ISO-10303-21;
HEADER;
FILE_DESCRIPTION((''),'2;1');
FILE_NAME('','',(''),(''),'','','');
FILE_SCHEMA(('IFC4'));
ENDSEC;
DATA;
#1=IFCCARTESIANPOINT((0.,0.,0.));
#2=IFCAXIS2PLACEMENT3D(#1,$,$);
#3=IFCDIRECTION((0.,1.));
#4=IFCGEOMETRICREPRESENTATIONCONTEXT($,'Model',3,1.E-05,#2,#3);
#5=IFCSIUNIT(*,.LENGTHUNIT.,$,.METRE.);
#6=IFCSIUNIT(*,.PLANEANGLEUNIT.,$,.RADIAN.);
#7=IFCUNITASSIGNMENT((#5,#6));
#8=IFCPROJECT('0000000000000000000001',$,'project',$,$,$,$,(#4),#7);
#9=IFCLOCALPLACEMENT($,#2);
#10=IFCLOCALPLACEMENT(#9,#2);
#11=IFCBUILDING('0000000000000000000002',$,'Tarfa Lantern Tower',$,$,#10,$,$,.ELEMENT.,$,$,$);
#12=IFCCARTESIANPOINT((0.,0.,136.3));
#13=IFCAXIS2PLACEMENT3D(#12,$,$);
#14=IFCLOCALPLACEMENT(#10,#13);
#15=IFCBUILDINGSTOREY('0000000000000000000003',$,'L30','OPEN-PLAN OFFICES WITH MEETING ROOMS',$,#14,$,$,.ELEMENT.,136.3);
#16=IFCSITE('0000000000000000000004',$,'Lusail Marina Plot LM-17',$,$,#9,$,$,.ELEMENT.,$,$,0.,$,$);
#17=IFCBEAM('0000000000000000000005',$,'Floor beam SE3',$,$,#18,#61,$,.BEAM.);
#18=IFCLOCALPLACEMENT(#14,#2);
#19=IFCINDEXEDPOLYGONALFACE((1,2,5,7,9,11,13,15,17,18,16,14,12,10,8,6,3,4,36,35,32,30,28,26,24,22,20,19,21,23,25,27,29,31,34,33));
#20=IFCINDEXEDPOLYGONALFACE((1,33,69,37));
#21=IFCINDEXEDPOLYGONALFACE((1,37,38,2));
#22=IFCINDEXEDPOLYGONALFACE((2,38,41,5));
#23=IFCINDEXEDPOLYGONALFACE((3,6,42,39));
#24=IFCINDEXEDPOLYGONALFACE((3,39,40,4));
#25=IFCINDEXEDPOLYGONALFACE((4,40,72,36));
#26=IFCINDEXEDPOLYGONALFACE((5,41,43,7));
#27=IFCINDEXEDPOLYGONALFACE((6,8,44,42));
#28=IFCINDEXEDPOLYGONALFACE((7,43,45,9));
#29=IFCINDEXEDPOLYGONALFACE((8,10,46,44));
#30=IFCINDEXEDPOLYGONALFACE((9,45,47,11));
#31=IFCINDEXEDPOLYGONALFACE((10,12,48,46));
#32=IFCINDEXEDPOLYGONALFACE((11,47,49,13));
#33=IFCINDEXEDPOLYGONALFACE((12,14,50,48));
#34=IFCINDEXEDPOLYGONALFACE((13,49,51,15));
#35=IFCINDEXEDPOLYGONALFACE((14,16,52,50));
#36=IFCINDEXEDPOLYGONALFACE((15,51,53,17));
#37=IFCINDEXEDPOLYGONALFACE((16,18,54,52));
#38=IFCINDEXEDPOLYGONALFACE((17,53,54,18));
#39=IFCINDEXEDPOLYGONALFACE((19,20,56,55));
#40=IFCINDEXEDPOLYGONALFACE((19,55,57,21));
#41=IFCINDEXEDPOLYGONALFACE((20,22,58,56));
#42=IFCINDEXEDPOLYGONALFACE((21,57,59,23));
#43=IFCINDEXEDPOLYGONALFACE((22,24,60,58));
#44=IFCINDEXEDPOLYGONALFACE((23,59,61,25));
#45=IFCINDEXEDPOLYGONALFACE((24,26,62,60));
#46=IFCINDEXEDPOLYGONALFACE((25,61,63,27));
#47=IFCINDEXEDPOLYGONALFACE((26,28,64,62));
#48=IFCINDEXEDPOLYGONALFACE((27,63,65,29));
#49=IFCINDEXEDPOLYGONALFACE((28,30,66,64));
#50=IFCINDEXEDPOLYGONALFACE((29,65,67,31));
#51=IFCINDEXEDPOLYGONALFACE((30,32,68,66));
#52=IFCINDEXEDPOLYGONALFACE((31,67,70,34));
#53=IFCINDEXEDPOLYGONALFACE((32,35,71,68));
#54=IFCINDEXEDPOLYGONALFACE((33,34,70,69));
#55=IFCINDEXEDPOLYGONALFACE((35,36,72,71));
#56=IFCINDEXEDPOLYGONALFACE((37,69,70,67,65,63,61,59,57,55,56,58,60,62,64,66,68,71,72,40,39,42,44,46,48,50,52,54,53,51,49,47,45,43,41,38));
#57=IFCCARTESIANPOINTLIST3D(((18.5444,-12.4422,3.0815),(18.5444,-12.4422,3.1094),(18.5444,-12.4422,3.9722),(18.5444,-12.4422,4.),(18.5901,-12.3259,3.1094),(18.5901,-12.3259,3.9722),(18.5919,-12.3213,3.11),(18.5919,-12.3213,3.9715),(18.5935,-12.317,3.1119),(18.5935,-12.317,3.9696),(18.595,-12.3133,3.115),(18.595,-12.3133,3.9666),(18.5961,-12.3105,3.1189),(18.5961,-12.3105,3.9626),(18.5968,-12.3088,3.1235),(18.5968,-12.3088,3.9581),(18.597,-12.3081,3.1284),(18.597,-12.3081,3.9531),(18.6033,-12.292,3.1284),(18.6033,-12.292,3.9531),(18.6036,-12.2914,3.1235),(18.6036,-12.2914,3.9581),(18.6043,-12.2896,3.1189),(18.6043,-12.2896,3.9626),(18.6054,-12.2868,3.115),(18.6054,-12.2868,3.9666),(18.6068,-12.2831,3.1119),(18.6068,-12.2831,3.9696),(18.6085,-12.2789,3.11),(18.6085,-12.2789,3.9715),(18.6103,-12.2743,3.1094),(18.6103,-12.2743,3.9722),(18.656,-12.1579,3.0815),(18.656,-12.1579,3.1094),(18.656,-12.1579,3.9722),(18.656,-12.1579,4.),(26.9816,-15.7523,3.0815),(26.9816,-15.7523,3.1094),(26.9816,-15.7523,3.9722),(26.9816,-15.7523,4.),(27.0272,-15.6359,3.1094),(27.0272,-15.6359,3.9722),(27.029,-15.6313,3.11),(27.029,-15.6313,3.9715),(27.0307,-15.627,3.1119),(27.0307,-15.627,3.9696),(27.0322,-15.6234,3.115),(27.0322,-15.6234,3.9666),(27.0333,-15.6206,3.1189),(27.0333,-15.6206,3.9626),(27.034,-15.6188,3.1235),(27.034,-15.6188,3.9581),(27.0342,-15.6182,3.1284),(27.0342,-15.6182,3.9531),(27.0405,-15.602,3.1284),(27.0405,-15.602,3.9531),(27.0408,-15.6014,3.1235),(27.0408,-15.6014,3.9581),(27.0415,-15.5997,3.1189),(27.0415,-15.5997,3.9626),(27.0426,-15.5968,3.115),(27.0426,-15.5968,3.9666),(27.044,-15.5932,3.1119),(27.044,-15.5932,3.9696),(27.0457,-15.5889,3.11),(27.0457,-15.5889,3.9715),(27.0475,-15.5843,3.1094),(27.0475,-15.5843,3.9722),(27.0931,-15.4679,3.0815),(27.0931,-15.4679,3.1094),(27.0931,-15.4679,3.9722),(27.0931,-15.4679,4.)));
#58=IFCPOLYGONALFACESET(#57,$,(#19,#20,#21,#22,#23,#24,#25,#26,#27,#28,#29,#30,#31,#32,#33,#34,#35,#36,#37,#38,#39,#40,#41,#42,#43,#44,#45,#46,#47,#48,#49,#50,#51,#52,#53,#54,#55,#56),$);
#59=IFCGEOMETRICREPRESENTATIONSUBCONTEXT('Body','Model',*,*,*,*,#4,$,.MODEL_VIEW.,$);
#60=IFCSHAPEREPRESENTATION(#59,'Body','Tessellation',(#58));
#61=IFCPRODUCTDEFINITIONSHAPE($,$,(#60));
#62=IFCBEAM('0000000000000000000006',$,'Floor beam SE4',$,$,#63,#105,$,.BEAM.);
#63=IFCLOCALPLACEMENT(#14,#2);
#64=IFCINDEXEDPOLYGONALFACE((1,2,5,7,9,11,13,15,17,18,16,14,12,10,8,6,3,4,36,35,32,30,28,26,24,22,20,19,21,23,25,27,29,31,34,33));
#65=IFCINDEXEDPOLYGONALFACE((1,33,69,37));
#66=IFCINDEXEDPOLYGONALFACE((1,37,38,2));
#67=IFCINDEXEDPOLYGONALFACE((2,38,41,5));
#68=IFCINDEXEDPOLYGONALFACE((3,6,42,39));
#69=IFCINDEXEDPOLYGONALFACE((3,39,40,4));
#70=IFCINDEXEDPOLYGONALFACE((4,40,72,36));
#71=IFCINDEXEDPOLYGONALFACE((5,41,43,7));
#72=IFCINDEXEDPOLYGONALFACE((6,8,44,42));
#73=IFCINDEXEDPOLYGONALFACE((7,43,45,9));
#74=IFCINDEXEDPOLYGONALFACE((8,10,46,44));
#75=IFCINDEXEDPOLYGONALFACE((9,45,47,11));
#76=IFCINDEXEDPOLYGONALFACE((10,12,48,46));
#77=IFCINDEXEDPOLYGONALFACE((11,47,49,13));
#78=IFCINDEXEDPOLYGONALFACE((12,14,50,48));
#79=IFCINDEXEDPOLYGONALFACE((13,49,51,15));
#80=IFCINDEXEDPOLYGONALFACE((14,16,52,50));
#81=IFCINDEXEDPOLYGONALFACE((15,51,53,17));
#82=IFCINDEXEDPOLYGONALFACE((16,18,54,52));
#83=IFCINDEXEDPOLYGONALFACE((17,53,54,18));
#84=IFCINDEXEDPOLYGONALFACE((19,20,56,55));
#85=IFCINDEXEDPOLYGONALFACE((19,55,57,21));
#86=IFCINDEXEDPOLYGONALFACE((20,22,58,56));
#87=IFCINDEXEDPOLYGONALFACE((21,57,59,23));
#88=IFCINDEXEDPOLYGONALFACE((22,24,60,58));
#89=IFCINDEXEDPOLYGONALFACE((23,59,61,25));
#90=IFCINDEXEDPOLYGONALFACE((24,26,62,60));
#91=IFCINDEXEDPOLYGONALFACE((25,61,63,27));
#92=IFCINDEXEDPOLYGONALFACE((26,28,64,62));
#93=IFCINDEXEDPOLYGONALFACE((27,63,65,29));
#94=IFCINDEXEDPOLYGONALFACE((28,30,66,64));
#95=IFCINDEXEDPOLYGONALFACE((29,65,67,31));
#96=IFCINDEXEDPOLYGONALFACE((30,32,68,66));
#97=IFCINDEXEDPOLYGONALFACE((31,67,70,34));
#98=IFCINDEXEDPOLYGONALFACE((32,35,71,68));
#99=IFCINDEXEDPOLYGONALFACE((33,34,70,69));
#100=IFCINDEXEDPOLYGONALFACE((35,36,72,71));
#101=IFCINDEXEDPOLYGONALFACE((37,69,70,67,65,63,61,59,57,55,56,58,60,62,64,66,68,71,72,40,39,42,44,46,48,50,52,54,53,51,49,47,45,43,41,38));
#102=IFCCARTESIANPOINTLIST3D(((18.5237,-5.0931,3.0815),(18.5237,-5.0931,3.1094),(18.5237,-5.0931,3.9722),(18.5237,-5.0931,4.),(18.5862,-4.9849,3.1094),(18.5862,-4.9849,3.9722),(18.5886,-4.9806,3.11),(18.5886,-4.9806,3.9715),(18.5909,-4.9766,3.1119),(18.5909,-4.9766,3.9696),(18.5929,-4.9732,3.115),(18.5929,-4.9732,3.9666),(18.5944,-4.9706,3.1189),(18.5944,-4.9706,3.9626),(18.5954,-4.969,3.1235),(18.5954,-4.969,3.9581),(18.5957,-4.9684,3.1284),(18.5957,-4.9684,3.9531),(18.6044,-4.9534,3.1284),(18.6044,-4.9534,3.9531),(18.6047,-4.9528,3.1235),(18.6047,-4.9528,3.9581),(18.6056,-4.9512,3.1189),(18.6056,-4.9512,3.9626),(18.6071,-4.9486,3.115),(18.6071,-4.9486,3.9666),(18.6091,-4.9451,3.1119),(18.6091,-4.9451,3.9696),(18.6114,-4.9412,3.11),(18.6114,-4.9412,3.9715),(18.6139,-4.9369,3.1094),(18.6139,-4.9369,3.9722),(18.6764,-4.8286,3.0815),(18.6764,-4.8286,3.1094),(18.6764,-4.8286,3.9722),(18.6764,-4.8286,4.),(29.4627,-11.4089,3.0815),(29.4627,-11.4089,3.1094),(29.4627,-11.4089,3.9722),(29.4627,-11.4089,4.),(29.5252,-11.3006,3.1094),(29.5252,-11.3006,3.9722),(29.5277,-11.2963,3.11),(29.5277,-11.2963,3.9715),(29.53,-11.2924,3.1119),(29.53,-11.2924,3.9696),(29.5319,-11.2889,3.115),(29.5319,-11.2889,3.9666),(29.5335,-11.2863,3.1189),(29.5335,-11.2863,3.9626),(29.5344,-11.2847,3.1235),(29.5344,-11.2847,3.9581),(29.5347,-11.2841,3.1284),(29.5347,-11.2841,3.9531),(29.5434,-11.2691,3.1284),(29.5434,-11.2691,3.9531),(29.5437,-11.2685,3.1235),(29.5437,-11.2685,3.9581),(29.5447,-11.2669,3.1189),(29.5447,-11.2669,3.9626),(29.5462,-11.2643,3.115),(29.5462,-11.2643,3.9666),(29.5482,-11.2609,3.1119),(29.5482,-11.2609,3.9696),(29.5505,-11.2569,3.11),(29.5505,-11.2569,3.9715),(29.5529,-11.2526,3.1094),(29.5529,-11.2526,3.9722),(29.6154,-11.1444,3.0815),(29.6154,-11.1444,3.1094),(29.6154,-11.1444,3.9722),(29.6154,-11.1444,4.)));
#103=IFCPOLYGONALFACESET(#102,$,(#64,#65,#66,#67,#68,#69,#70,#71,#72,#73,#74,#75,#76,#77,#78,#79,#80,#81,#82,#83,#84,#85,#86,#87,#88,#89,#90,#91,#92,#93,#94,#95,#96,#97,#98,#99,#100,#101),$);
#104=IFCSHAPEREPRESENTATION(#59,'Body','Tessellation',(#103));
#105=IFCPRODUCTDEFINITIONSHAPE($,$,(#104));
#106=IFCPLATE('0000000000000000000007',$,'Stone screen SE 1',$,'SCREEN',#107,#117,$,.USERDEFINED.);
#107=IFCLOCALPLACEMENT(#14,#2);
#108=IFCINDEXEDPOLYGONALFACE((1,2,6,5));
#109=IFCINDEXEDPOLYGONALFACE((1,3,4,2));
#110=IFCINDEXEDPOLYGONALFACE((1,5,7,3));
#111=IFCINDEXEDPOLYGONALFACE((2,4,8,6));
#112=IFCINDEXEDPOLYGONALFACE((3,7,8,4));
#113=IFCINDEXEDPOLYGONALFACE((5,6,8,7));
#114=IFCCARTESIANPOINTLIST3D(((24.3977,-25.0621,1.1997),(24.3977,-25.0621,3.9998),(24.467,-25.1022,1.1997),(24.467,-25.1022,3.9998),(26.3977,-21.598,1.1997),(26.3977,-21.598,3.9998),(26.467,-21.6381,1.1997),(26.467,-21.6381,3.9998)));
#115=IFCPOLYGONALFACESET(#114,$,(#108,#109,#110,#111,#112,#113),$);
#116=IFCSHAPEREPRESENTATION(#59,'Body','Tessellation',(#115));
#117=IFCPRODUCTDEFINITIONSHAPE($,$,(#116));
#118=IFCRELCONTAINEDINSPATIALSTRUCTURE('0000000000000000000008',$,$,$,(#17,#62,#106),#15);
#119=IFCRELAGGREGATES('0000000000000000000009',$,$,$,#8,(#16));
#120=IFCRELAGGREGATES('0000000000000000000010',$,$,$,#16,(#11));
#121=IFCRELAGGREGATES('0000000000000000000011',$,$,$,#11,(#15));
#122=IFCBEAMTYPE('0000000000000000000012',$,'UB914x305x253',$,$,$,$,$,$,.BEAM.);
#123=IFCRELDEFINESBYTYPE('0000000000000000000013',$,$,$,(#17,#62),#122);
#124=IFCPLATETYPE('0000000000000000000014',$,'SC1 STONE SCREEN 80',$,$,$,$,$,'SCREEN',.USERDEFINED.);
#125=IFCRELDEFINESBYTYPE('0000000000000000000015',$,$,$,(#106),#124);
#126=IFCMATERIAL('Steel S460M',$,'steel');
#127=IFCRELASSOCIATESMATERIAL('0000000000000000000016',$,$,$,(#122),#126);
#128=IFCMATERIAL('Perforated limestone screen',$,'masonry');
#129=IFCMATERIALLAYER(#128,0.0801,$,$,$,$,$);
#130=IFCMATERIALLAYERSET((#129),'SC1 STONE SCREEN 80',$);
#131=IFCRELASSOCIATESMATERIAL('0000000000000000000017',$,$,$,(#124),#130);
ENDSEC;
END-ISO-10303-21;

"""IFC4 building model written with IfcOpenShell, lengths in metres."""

from ifc_helpers import new_model, si_unit, direction, frame, origin, origin_2d, place, context, subcontext, project, spatial, rectangle, i_section, extrude, material, layer, layer_set, material_profile, profile_set, type_object, element, save


model = new_model("IFC4")

# Units and contexts
model_context = context("Model", 3, precision=1e-05, world=origin(), true_north=direction((0.0, 1.0)))
body_context = subcontext(model_context, "Body", "Model", "MODEL_VIEW")
ifc_project = project(units=[si_unit("LENGTHUNIT", "METRE"), si_unit("PLANEANGLEUNIT", "RADIAN")], contexts=[model_context])

# Site, building, storey
site_placement = place(None, origin())
site = spatial("IfcSite", under=ifc_project, at=site_placement, Name="Lusail Marina Plot LM-17", CompositionType="ELEMENT", RefElevation=0.0)
building_placement = place(site_placement, origin())
building = spatial("IfcBuilding", under=site, at=building_placement, Name="Tarfa Lantern Tower", CompositionType="ELEMENT")
storey_placement = place(building_placement, frame((0.0, 0.0, 136.3)))
storey = spatial("IfcBuildingStorey", under=building, at=storey_placement, Name="L30", Description="OPEN-PLAN OFFICES WITH MEETING ROOMS", CompositionType="ELEMENT", Elevation=136.3)

# Beams
ifc_material_1 = material(Name="Steel S460M", Category="steel")
ifc_material_profile_1 = material_profile(ifc_material_1, i_section(OverallWidth=0.3054, OverallDepth=0.9185, WebThickness=0.0173, FlangeThickness=0.0278, FilletRadius=0.019, at=origin_2d()), Name="UB914x305x253")
ifc_profile_set_1 = profile_set([ifc_material_profile_1], Name="Steel S460M")
beam_type_1 = type_object("IfcBeamType", Name="UB914x305x253", PredefinedType="BEAM", material=ifc_profile_set_1)
beam_1_placement = place(storey_placement, frame((27.0374, -15.6101, 3.5408), z_axis=(-0.930923, 0.365215, 0.0), x_axis=(-0.365215, -0.930923, 0.0)))
element("IfcBeam", 1, at=beam_1_placement, inside=storey, type_object=beam_type_1, Name="Floor beam SE3", PredefinedType="BEAM", context=body_context, shape_type="SweptSolid", body=[
    extrude(i_section(OverallWidth=0.3054, OverallDepth=0.9185, WebThickness=0.0173, FlangeThickness=0.0278, FilletRadius=0.019, at=origin_2d()), origin(), (0.0, 0.0, 1.0), 9.0632),
])
beam_2_placement = place(storey_placement, frame((29.5391, -11.2766, 3.5408), z_axis=(-0.866023, 0.500004, 0.0), x_axis=(-0.500004, -0.866023, 0.0)))
element("IfcBeam", 2, at=beam_2_placement, inside=storey, type_object=beam_type_1, Name="Floor beam SE4", PredefinedType="BEAM", context=body_context, shape_type="SweptSolid", body=[
    extrude(i_section(OverallWidth=0.3054, OverallDepth=0.9185, WebThickness=0.0173, FlangeThickness=0.0278, FilletRadius=0.019, at=origin_2d()), origin(), (0.0, 0.0, 1.0), 12.6313),
])

# Plate
ifc_material_2 = material(Name="Perforated limestone screen", Category="masonry")
ifc_layer_1 = layer(ifc_material_2, 0.0801)
ifc_layer_set_1 = layer_set([ifc_layer_1], Name="SC1 STONE SCREEN 80")
plate_type = type_object("IfcPlateType", Name="SC1 STONE SCREEN 80", ElementType="SCREEN", PredefinedType="USERDEFINED", material=ifc_layer_set_1)
plate_placement = place(storey_placement, frame((25.4324, -23.3501, 1.1997), z_axis=(0.0, 0.0, 1.0), x_axis=(0.5, 0.866025, 0.0)))
element("IfcPlate", 3, at=plate_placement, inside=storey, type_object=plate_type, Name="Stone screen SE 1", ObjectType="SCREEN", PredefinedType="USERDEFINED", context=body_context, shape_type="SweptSolid", body=[
    extrude(rectangle(XDim=4.0, YDim=0.0801, at=origin_2d()), origin(), (0.0, 0.0, 1.0), 2.8),
])

save(model, "model.ifc")
